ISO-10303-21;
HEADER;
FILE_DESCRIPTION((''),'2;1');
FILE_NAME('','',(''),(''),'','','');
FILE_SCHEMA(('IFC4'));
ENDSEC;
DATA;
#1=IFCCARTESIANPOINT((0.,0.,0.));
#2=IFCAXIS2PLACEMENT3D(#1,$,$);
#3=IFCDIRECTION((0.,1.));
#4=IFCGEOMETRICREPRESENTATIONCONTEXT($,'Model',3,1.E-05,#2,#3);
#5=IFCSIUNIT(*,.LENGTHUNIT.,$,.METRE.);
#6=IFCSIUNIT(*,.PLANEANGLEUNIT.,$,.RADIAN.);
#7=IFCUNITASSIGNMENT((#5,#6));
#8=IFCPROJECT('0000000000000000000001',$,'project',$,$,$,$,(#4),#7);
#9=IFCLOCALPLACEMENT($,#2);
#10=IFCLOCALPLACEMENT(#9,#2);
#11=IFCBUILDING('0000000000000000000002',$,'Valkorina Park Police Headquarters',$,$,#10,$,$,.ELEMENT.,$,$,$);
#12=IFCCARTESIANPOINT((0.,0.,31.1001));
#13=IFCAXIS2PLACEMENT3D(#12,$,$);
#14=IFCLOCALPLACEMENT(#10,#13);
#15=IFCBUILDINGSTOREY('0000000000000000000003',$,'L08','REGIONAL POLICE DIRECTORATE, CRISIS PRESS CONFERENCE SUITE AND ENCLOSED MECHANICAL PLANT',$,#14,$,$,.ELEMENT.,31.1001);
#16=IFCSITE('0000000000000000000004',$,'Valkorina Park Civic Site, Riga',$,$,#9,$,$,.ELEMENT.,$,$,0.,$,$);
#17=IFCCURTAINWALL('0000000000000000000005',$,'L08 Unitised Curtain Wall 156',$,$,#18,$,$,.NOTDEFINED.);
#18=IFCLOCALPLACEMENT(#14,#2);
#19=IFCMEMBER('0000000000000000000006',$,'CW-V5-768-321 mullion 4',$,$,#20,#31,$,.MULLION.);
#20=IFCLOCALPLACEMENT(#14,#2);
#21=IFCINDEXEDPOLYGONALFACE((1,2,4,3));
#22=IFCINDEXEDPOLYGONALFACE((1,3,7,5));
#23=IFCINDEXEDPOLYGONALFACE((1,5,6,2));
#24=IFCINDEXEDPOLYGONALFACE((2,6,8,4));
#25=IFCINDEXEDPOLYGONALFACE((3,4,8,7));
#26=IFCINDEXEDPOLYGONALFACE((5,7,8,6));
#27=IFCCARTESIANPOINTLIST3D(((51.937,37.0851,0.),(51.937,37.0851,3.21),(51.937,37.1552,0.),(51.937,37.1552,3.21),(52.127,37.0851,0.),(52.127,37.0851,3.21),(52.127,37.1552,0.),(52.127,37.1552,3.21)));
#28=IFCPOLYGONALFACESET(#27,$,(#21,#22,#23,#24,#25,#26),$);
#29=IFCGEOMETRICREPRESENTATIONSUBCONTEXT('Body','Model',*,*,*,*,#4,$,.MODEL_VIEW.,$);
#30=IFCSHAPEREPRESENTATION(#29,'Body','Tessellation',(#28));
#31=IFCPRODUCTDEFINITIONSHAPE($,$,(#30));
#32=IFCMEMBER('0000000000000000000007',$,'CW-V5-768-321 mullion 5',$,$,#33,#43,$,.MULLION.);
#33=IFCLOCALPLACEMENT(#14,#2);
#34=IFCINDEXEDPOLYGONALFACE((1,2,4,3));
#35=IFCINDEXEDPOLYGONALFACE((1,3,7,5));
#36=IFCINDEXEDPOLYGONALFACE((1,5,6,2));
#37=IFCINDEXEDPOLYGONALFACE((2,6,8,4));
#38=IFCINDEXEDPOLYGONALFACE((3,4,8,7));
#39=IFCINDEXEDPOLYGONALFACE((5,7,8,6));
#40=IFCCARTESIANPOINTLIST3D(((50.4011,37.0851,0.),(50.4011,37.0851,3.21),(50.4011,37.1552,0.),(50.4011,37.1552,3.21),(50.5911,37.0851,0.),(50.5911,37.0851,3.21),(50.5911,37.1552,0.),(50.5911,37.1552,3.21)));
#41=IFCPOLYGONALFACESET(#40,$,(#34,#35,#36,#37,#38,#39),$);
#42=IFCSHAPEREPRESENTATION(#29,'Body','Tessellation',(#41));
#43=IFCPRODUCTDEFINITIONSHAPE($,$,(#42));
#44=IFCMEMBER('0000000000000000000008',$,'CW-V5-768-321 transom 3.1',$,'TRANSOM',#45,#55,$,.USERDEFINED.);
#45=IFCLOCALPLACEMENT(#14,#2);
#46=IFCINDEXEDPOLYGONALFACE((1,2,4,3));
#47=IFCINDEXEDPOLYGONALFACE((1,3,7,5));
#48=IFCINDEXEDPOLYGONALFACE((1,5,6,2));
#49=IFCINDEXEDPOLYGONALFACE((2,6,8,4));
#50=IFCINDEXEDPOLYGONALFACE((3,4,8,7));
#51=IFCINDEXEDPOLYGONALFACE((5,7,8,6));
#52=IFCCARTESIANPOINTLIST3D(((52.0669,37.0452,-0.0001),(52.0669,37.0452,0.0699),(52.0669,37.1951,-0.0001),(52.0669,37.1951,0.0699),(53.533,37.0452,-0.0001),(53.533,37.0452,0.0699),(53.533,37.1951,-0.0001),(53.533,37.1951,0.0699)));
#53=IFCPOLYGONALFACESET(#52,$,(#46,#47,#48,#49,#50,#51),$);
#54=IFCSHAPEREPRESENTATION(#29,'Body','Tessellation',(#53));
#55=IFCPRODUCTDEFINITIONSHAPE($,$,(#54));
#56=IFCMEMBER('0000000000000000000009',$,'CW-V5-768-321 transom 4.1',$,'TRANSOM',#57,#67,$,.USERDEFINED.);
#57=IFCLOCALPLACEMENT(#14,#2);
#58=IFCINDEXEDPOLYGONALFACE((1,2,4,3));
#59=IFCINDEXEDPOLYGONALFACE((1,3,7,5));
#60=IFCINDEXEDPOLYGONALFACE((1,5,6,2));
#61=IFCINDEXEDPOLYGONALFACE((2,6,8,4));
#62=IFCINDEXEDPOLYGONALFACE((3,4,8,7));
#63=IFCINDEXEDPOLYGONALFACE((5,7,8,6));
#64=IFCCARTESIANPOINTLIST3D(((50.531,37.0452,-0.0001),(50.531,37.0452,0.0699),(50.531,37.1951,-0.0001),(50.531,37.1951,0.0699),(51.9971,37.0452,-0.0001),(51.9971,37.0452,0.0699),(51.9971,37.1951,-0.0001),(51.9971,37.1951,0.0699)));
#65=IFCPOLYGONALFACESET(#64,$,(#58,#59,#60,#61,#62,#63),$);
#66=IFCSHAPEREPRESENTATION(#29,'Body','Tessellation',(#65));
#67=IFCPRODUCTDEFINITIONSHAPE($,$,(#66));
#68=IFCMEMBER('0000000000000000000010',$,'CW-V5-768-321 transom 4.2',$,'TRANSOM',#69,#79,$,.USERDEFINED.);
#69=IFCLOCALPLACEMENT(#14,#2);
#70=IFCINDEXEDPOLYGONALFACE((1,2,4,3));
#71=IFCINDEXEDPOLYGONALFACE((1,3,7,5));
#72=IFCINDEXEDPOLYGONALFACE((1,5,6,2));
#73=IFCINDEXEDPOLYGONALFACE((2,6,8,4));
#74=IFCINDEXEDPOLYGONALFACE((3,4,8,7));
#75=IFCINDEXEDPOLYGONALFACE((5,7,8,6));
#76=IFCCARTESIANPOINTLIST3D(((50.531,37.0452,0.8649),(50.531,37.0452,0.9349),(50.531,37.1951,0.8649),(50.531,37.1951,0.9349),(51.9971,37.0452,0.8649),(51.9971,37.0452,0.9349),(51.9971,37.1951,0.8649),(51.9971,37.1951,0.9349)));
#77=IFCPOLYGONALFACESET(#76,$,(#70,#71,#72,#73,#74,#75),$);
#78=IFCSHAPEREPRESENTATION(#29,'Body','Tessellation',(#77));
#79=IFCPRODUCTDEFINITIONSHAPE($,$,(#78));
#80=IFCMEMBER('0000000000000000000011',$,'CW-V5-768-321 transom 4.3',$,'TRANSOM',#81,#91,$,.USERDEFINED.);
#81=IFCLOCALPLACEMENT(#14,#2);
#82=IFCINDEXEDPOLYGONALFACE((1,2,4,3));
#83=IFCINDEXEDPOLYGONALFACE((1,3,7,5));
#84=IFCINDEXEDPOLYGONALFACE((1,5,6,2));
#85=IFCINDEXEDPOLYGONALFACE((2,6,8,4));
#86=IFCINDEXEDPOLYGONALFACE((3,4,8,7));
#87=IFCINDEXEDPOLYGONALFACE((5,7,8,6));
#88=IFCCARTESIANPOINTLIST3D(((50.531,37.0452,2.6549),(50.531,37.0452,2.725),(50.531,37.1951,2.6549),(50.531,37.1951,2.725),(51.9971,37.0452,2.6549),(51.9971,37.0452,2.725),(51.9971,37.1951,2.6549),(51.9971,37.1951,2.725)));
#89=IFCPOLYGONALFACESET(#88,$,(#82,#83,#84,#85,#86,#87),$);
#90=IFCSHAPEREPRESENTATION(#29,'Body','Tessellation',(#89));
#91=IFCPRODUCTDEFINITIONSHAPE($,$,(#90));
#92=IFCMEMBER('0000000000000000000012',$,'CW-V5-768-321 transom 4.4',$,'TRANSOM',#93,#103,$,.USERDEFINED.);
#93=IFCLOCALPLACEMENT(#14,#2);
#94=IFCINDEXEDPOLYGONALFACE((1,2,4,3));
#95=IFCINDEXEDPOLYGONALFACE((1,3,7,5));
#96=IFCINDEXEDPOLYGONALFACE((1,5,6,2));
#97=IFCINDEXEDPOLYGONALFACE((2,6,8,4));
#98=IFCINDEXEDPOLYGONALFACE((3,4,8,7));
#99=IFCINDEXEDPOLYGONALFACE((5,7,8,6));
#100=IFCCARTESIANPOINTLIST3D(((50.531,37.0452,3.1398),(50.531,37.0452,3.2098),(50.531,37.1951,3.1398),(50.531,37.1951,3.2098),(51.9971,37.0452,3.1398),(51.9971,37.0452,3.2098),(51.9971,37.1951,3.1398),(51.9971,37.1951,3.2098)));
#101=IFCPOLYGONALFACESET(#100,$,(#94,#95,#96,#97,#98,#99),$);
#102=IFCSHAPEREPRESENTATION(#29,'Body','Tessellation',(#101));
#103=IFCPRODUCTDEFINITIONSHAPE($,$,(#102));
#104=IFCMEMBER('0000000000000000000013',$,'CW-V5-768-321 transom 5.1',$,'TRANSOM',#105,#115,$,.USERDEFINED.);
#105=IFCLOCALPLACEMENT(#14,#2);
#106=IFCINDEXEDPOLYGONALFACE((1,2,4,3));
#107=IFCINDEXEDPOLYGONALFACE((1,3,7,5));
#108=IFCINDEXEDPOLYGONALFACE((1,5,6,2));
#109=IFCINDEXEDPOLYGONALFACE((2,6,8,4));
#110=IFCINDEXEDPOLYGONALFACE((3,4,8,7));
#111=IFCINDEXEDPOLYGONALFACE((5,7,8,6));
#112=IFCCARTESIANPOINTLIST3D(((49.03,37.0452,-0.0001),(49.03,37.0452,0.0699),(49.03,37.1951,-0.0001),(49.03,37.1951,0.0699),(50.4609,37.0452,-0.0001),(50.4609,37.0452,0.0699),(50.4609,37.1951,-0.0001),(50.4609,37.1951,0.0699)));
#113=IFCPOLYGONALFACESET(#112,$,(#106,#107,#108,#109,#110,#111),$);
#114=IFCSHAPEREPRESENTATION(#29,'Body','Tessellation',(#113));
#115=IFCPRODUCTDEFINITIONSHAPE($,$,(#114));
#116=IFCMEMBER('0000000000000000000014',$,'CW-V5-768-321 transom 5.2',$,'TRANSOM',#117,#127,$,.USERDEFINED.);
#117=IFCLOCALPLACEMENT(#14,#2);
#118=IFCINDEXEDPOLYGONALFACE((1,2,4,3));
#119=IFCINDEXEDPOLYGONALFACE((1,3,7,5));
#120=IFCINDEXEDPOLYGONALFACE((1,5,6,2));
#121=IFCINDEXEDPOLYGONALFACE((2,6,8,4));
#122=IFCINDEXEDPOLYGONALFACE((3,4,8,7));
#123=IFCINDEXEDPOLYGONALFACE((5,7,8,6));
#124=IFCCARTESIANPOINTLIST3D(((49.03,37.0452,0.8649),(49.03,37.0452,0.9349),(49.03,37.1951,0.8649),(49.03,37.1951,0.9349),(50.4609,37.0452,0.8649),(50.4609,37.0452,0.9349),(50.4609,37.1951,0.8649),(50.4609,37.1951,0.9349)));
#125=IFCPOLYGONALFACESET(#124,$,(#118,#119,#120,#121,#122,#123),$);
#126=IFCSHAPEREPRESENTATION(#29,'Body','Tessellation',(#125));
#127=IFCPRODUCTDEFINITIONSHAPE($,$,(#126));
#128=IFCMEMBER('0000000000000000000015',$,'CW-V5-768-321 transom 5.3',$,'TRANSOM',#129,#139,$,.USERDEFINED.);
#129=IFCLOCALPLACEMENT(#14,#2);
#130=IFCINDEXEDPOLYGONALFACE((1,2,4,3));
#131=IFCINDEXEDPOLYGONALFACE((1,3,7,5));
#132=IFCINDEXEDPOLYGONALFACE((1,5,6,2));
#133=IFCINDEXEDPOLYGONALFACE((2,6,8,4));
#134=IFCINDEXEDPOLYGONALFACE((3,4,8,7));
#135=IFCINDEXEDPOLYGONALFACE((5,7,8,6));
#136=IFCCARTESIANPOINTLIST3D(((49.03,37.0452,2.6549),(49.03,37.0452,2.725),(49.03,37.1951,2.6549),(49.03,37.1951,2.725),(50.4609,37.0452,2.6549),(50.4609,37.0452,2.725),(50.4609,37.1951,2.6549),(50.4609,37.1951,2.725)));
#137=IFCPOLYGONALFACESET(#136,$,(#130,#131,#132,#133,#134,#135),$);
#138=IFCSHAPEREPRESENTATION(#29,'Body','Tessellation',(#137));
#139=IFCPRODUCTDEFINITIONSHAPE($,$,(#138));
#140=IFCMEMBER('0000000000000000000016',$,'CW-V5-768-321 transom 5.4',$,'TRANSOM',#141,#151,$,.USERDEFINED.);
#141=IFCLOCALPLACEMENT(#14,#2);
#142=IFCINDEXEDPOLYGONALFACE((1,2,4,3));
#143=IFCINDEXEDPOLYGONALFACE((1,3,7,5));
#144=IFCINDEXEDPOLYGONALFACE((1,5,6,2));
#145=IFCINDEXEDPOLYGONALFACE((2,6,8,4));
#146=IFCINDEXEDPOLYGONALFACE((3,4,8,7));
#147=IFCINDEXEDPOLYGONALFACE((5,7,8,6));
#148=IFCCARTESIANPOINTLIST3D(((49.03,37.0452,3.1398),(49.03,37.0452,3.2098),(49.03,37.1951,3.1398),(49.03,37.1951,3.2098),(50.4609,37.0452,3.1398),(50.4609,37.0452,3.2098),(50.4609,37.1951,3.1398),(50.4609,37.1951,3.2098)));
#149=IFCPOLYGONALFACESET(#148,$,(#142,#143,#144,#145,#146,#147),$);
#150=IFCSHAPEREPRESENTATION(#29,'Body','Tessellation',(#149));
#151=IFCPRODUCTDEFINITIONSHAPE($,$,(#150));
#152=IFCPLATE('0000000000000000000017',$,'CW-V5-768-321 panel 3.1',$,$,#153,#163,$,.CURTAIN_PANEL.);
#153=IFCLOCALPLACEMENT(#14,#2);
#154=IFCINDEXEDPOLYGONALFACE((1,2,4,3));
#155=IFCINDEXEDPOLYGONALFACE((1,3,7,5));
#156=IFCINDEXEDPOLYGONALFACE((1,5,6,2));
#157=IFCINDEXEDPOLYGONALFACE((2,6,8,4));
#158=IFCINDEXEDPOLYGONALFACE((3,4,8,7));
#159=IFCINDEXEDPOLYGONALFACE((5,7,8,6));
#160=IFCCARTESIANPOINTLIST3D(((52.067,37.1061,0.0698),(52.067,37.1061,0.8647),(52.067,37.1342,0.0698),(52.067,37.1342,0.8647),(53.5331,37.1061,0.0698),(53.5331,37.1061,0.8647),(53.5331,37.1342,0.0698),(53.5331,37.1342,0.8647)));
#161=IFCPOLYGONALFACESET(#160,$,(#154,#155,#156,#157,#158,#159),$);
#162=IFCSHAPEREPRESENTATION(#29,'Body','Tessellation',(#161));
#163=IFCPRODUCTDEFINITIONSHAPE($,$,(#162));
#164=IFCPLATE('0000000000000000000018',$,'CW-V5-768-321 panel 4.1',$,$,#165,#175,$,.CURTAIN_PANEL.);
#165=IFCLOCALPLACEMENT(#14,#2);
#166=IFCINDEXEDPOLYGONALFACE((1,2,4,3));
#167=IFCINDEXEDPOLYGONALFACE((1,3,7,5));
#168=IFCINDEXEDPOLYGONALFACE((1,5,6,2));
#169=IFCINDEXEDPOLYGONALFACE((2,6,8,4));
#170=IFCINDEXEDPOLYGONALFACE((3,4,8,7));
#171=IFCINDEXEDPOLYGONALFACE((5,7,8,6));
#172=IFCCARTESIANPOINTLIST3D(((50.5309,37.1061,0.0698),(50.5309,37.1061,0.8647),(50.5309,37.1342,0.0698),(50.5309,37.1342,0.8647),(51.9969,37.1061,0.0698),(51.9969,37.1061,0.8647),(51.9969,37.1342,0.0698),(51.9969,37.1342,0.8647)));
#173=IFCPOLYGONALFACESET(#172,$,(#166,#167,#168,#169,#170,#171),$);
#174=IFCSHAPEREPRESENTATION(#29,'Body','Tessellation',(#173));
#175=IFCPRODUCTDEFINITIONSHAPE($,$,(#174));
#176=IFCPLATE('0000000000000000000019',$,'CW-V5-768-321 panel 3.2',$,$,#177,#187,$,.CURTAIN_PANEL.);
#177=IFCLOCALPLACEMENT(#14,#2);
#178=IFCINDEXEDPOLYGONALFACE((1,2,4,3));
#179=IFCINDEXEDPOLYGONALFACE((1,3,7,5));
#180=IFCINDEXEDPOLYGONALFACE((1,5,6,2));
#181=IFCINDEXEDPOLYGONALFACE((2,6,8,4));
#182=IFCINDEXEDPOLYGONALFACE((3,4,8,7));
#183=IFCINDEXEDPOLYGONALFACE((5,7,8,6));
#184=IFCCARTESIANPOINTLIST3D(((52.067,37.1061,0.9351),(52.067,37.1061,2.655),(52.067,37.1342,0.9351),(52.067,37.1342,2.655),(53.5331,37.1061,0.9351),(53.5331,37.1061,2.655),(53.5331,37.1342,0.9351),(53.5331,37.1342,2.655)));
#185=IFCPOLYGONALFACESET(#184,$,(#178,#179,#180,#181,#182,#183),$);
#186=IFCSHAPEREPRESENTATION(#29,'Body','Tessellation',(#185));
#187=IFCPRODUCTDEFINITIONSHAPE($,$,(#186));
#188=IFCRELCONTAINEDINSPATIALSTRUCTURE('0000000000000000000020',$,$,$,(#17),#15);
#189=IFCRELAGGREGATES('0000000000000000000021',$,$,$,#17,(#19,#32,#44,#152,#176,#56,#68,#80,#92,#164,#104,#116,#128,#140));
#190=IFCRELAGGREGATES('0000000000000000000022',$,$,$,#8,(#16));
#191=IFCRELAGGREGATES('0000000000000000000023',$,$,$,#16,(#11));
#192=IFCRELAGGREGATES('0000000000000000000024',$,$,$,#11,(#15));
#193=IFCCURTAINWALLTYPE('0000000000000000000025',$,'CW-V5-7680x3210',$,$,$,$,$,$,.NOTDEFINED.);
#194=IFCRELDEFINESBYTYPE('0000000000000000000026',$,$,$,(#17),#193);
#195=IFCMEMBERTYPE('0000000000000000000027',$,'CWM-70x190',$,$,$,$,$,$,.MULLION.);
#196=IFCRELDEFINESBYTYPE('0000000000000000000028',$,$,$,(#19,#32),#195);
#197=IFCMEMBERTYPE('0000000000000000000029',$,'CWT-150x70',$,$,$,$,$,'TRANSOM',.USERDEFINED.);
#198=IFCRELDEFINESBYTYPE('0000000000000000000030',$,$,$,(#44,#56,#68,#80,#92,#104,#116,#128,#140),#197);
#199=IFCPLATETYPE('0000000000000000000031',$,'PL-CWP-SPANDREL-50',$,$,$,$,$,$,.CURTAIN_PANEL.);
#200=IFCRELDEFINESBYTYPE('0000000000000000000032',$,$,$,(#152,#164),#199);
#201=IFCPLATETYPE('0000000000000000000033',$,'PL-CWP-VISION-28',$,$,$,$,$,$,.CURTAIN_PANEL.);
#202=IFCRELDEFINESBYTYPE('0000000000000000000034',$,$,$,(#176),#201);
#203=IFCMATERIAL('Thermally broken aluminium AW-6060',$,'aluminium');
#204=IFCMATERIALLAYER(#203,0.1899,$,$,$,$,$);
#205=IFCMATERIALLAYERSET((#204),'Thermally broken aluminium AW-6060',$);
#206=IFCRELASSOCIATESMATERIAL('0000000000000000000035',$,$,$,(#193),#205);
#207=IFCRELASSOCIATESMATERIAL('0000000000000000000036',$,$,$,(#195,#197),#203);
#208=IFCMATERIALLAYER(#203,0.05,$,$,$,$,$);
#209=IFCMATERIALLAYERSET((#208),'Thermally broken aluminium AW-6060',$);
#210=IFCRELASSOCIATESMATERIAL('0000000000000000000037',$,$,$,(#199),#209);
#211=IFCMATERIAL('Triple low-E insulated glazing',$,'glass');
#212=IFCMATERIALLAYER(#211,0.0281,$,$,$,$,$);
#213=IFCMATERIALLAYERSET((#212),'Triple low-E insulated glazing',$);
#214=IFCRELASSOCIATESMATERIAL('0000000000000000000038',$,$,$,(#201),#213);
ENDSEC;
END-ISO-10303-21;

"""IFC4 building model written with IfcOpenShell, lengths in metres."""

from ifc_helpers import new_model, si_unit, direction, frame, origin, origin_2d, place, context, subcontext, project, spatial, rectangle, extrude, material, layer, layer_set, material_profile, profile_set, type_object, element, aggregate, save


model = new_model("IFC4")

# Units and contexts
model_context = context("Model", 3, precision=1e-05, world=origin(), true_north=direction((0.0, 1.0)))
body_context = subcontext(model_context, "Body", "Model", "MODEL_VIEW")
ifc_project = project(units=[si_unit("LENGTHUNIT", "METRE"), si_unit("PLANEANGLEUNIT", "RADIAN")], contexts=[model_context])

# Site, building, storey
site_placement = place(None, origin())
site = spatial("IfcSite", under=ifc_project, at=site_placement, Name="Valkorina Park Civic Site, Riga", CompositionType="ELEMENT", RefElevation=0.0)
building_placement = place(site_placement, origin())
building = spatial("IfcBuilding", under=site, at=building_placement, Name="Valkorina Park Police Headquarters", CompositionType="ELEMENT")
storey_placement = place(building_placement, frame((0.0, 0.0, 31.1001)))
storey = spatial("IfcBuildingStorey", under=building, at=storey_placement, Name="L08", Description="REGIONAL POLICE DIRECTORATE, CRISIS PRESS CONFERENCE SUITE AND ENCLOSED MECHANICAL PLANT", CompositionType="ELEMENT", Elevation=31.1001)

# Curtain wall, members, plates
ifc_material_1 = material(Name="Thermally broken aluminium AW-6060", Category="aluminium")
ifc_layer_1 = layer(ifc_material_1, 0.1899)
ifc_layer_set_1 = layer_set([ifc_layer_1], Name="Thermally broken aluminium AW-6060")
curtain_wall_type = type_object("IfcCurtainWallType", Name="CW-V5-7680x3210", PredefinedType="NOTDEFINED", material=ifc_layer_set_1)
curtain_wall_placement = place(storey_placement, origin())
curtain_wall = element("IfcCurtainWall", 1, at=curtain_wall_placement, inside=storey, type_object=curtain_wall_type, Name="L08 Unitised Curtain Wall 156", PredefinedType="NOTDEFINED")
ifc_material_profile_1 = material_profile(ifc_material_1, rectangle(XDim=0.0701, YDim=0.1899, at=origin_2d()), Name="CWM-02 70x190")
ifc_profile_set_1 = profile_set([ifc_material_profile_1], Name="Thermally broken aluminium AW-6060")
member_type_1 = type_object("IfcMemberType", Name="CWM-70x190", PredefinedType="MULLION", material=ifc_profile_set_1)
member_1_placement = place(storey_placement, frame((52.032, 37.1201, 0.0), z_axis=(0.0, 0.0, 1.0), x_axis=(0.0, -1.0, 0.0)))
member_1 = element("IfcMember", 2, at=member_1_placement, type_object=member_type_1, Name="CW-V5-768-321 mullion 4", PredefinedType="MULLION", context=body_context, shape_type="SweptSolid", body=[
    extrude(rectangle(XDim=0.0701, YDim=0.1899, at=origin_2d()), origin(), (0.0, 0.0, 1.0), 3.21),
])
member_2_placement = place(storey_placement, frame((50.4961, 37.1201, 0.0), z_axis=(0.0, 0.0, 1.0), x_axis=(0.0, -1.0, 0.0)))
member_2 = element("IfcMember", 3, at=member_2_placement, type_object=member_type_1, Name="CW-V5-768-321 mullion 5", PredefinedType="MULLION", context=body_context, shape_type="SweptSolid", body=[
    extrude(rectangle(XDim=0.0701, YDim=0.1899, at=origin_2d()), origin(), (0.0, 0.0, 1.0), 3.21),
])
ifc_material_profile_2 = material_profile(ifc_material_1, rectangle(XDim=0.1499, YDim=0.0701, at=origin_2d()), Name="CWT-02 150x70")
ifc_profile_set_2 = profile_set([ifc_material_profile_2], Name="Thermally broken aluminium AW-6060")
member_type_2 = type_object("IfcMemberType", Name="CWT-150x70", ElementType="TRANSOM", PredefinedType="USERDEFINED", material=ifc_profile_set_2)
member_3_placement = place(storey_placement, frame((53.533, 37.1201, 0.0349), z_axis=(-1.0, 0.0, 0.0), x_axis=(0.0, -1.0, 0.0)))
member_3 = element("IfcMember", 4, at=member_3_placement, type_object=member_type_2, Name="CW-V5-768-321 transom 3.1", ObjectType="TRANSOM", PredefinedType="USERDEFINED", context=body_context, shape_type="SweptSolid", body=[
    extrude(rectangle(XDim=0.1499, YDim=0.0701, at=origin_2d()), origin(), (0.0, 0.0, 1.0), 1.4661),
])
member_4_placement = place(storey_placement, frame((51.9971, 37.1201, 0.0349), z_axis=(-1.0, 0.0, 0.0), x_axis=(0.0, -1.0, 0.0)))
member_4 = element("IfcMember", 5, at=member_4_placement, type_object=member_type_2, Name="CW-V5-768-321 transom 4.1", ObjectType="TRANSOM", PredefinedType="USERDEFINED", context=body_context, shape_type="SweptSolid", body=[
    extrude(rectangle(XDim=0.1499, YDim=0.0701, at=origin_2d()), origin(), (0.0, 0.0, 1.0), 1.4661),
])
member_5_placement = place(storey_placement, frame((51.9971, 37.1201, 0.8999), z_axis=(-1.0, 0.0, 0.0), x_axis=(0.0, -1.0, 0.0)))
member_5 = element("IfcMember", 6, at=member_5_placement, type_object=member_type_2, Name="CW-V5-768-321 transom 4.2", ObjectType="TRANSOM", PredefinedType="USERDEFINED", context=body_context, shape_type="SweptSolid", body=[
    extrude(rectangle(XDim=0.1499, YDim=0.0701, at=origin_2d()), origin(), (0.0, 0.0, 1.0), 1.4661),
])
member_6_placement = place(storey_placement, frame((51.9971, 37.1201, 2.6899), z_axis=(-1.0, 0.0, 0.0), x_axis=(0.0, -1.0, 0.0)))
member_6 = element("IfcMember", 7, at=member_6_placement, type_object=member_type_2, Name="CW-V5-768-321 transom 4.3", ObjectType="TRANSOM", PredefinedType="USERDEFINED", context=body_context, shape_type="SweptSolid", body=[
    extrude(rectangle(XDim=0.1499, YDim=0.0701, at=origin_2d()), origin(), (0.0, 0.0, 1.0), 1.4661),
])
member_7_placement = place(storey_placement, frame((51.9971, 37.1201, 3.1748), z_axis=(-1.0, 0.0, 0.0), x_axis=(0.0, -1.0, 0.0)))
member_7 = element("IfcMember", 8, at=member_7_placement, type_object=member_type_2, Name="CW-V5-768-321 transom 4.4", ObjectType="TRANSOM", PredefinedType="USERDEFINED", context=body_context, shape_type="SweptSolid", body=[
    extrude(rectangle(XDim=0.1499, YDim=0.0701, at=origin_2d()), origin(), (0.0, 0.0, 1.0), 1.4661),
])
member_8_placement = place(storey_placement, frame((50.4609, 37.1201, 0.0349), z_axis=(-1.0, 0.0, 0.0), x_axis=(0.0, -1.0, 0.0)))
member_8 = element("IfcMember", 9, at=member_8_placement, type_object=member_type_2, Name="CW-V5-768-321 transom 5.1", ObjectType="TRANSOM", PredefinedType="USERDEFINED", context=body_context, shape_type="SweptSolid", body=[
    extrude(rectangle(XDim=0.1499, YDim=0.0701, at=origin_2d()), origin(), (0.0, 0.0, 1.0), 1.4309),
])
member_9_placement = place(storey_placement, frame((50.4609, 37.1201, 0.8999), z_axis=(-1.0, 0.0, 0.0), x_axis=(0.0, -1.0, 0.0)))
member_9 = element("IfcMember", 10, at=member_9_placement, type_object=member_type_2, Name="CW-V5-768-321 transom 5.2", ObjectType="TRANSOM", PredefinedType="USERDEFINED", context=body_context, shape_type="SweptSolid", body=[
    extrude(rectangle(XDim=0.1499, YDim=0.0701, at=origin_2d()), origin(), (0.0, 0.0, 1.0), 1.4309),
])
member_10_placement = place(storey_placement, frame((50.4609, 37.1201, 2.6899), z_axis=(-1.0, 0.0, 0.0), x_axis=(0.0, -1.0, 0.0)))
member_10 = element("IfcMember", 11, at=member_10_placement, type_object=member_type_2, Name="CW-V5-768-321 transom 5.3", ObjectType="TRANSOM", PredefinedType="USERDEFINED", context=body_context, shape_type="SweptSolid", body=[
    extrude(rectangle(XDim=0.1499, YDim=0.0701, at=origin_2d()), origin(), (0.0, 0.0, 1.0), 1.4309),
])
member_11_placement = place(storey_placement, frame((50.4609, 37.1201, 3.1748), z_axis=(-1.0, 0.0, 0.0), x_axis=(0.0, -1.0, 0.0)))
member_11 = element("IfcMember", 12, at=member_11_placement, type_object=member_type_2, Name="CW-V5-768-321 transom 5.4", ObjectType="TRANSOM", PredefinedType="USERDEFINED", context=body_context, shape_type="SweptSolid", body=[
    extrude(rectangle(XDim=0.1499, YDim=0.0701, at=origin_2d()), origin(), (0.0, 0.0, 1.0), 1.4309),
])
ifc_layer_2 = layer(ifc_material_1, 0.05)
ifc_layer_set_2 = layer_set([ifc_layer_2], Name="Thermally broken aluminium AW-6060")
plate_type_1 = type_object("IfcPlateType", Name="PL-CWP-SPANDREL-50", PredefinedType="CURTAIN_PANEL", material=ifc_layer_set_2)
plate_1_placement = place(storey_placement, frame((52.8, 37.1201, 0.0698), z_axis=(0.0, 0.0, 1.0), x_axis=(-1.0, 0.0, 0.0)))
plate_1 = element("IfcPlate", 13, at=plate_1_placement, type_object=plate_type_1, Name="CW-V5-768-321 panel 3.1", PredefinedType="CURTAIN_PANEL", context=body_context, shape_type="SweptSolid", body=[
    extrude(rectangle(XDim=1.4661, YDim=0.0281, at=origin_2d()), origin(), (0.0, 0.0, 1.0), 0.7949),
])
plate_2_placement = place(storey_placement, frame((51.2639, 37.1201, 0.0698), z_axis=(0.0, 0.0, 1.0), x_axis=(-1.0, 0.0, 0.0)))
plate_2 = element("IfcPlate", 14, at=plate_2_placement, type_object=plate_type_1, Name="CW-V5-768-321 panel 4.1", PredefinedType="CURTAIN_PANEL", context=body_context, shape_type="SweptSolid", body=[
    extrude(rectangle(XDim=1.4661, YDim=0.0281, at=origin_2d()), origin(), (0.0, 0.0, 1.0), 0.7949),
])
ifc_material_2 = material(Name="Triple low-E insulated glazing", Category="glass")
ifc_layer_3 = layer(ifc_material_2, 0.0281)
ifc_layer_set_3 = layer_set([ifc_layer_3], Name="Triple low-E insulated glazing")
plate_type_2 = type_object("IfcPlateType", Name="PL-CWP-VISION-28", PredefinedType="CURTAIN_PANEL", material=ifc_layer_set_3)
plate_3_placement = place(storey_placement, frame((52.8, 37.1201, 0.9351), z_axis=(0.0, 0.0, 1.0), x_axis=(-1.0, 0.0, 0.0)))
plate_3 = element("IfcPlate", 15, at=plate_3_placement, type_object=plate_type_2, Name="CW-V5-768-321 panel 3.2", PredefinedType="CURTAIN_PANEL", context=body_context, shape_type="SweptSolid", body=[
    extrude(rectangle(XDim=1.4661, YDim=0.0281, at=origin_2d()), origin(), (0.0, 0.0, 1.0), 1.72),
])
aggregate(curtain_wall, [member_1, member_2, member_3, plate_1, plate_3, member_4, member_5, member_6, member_7, plate_2, member_8, member_9, member_10, member_11])

save(model, "model.ifc")
